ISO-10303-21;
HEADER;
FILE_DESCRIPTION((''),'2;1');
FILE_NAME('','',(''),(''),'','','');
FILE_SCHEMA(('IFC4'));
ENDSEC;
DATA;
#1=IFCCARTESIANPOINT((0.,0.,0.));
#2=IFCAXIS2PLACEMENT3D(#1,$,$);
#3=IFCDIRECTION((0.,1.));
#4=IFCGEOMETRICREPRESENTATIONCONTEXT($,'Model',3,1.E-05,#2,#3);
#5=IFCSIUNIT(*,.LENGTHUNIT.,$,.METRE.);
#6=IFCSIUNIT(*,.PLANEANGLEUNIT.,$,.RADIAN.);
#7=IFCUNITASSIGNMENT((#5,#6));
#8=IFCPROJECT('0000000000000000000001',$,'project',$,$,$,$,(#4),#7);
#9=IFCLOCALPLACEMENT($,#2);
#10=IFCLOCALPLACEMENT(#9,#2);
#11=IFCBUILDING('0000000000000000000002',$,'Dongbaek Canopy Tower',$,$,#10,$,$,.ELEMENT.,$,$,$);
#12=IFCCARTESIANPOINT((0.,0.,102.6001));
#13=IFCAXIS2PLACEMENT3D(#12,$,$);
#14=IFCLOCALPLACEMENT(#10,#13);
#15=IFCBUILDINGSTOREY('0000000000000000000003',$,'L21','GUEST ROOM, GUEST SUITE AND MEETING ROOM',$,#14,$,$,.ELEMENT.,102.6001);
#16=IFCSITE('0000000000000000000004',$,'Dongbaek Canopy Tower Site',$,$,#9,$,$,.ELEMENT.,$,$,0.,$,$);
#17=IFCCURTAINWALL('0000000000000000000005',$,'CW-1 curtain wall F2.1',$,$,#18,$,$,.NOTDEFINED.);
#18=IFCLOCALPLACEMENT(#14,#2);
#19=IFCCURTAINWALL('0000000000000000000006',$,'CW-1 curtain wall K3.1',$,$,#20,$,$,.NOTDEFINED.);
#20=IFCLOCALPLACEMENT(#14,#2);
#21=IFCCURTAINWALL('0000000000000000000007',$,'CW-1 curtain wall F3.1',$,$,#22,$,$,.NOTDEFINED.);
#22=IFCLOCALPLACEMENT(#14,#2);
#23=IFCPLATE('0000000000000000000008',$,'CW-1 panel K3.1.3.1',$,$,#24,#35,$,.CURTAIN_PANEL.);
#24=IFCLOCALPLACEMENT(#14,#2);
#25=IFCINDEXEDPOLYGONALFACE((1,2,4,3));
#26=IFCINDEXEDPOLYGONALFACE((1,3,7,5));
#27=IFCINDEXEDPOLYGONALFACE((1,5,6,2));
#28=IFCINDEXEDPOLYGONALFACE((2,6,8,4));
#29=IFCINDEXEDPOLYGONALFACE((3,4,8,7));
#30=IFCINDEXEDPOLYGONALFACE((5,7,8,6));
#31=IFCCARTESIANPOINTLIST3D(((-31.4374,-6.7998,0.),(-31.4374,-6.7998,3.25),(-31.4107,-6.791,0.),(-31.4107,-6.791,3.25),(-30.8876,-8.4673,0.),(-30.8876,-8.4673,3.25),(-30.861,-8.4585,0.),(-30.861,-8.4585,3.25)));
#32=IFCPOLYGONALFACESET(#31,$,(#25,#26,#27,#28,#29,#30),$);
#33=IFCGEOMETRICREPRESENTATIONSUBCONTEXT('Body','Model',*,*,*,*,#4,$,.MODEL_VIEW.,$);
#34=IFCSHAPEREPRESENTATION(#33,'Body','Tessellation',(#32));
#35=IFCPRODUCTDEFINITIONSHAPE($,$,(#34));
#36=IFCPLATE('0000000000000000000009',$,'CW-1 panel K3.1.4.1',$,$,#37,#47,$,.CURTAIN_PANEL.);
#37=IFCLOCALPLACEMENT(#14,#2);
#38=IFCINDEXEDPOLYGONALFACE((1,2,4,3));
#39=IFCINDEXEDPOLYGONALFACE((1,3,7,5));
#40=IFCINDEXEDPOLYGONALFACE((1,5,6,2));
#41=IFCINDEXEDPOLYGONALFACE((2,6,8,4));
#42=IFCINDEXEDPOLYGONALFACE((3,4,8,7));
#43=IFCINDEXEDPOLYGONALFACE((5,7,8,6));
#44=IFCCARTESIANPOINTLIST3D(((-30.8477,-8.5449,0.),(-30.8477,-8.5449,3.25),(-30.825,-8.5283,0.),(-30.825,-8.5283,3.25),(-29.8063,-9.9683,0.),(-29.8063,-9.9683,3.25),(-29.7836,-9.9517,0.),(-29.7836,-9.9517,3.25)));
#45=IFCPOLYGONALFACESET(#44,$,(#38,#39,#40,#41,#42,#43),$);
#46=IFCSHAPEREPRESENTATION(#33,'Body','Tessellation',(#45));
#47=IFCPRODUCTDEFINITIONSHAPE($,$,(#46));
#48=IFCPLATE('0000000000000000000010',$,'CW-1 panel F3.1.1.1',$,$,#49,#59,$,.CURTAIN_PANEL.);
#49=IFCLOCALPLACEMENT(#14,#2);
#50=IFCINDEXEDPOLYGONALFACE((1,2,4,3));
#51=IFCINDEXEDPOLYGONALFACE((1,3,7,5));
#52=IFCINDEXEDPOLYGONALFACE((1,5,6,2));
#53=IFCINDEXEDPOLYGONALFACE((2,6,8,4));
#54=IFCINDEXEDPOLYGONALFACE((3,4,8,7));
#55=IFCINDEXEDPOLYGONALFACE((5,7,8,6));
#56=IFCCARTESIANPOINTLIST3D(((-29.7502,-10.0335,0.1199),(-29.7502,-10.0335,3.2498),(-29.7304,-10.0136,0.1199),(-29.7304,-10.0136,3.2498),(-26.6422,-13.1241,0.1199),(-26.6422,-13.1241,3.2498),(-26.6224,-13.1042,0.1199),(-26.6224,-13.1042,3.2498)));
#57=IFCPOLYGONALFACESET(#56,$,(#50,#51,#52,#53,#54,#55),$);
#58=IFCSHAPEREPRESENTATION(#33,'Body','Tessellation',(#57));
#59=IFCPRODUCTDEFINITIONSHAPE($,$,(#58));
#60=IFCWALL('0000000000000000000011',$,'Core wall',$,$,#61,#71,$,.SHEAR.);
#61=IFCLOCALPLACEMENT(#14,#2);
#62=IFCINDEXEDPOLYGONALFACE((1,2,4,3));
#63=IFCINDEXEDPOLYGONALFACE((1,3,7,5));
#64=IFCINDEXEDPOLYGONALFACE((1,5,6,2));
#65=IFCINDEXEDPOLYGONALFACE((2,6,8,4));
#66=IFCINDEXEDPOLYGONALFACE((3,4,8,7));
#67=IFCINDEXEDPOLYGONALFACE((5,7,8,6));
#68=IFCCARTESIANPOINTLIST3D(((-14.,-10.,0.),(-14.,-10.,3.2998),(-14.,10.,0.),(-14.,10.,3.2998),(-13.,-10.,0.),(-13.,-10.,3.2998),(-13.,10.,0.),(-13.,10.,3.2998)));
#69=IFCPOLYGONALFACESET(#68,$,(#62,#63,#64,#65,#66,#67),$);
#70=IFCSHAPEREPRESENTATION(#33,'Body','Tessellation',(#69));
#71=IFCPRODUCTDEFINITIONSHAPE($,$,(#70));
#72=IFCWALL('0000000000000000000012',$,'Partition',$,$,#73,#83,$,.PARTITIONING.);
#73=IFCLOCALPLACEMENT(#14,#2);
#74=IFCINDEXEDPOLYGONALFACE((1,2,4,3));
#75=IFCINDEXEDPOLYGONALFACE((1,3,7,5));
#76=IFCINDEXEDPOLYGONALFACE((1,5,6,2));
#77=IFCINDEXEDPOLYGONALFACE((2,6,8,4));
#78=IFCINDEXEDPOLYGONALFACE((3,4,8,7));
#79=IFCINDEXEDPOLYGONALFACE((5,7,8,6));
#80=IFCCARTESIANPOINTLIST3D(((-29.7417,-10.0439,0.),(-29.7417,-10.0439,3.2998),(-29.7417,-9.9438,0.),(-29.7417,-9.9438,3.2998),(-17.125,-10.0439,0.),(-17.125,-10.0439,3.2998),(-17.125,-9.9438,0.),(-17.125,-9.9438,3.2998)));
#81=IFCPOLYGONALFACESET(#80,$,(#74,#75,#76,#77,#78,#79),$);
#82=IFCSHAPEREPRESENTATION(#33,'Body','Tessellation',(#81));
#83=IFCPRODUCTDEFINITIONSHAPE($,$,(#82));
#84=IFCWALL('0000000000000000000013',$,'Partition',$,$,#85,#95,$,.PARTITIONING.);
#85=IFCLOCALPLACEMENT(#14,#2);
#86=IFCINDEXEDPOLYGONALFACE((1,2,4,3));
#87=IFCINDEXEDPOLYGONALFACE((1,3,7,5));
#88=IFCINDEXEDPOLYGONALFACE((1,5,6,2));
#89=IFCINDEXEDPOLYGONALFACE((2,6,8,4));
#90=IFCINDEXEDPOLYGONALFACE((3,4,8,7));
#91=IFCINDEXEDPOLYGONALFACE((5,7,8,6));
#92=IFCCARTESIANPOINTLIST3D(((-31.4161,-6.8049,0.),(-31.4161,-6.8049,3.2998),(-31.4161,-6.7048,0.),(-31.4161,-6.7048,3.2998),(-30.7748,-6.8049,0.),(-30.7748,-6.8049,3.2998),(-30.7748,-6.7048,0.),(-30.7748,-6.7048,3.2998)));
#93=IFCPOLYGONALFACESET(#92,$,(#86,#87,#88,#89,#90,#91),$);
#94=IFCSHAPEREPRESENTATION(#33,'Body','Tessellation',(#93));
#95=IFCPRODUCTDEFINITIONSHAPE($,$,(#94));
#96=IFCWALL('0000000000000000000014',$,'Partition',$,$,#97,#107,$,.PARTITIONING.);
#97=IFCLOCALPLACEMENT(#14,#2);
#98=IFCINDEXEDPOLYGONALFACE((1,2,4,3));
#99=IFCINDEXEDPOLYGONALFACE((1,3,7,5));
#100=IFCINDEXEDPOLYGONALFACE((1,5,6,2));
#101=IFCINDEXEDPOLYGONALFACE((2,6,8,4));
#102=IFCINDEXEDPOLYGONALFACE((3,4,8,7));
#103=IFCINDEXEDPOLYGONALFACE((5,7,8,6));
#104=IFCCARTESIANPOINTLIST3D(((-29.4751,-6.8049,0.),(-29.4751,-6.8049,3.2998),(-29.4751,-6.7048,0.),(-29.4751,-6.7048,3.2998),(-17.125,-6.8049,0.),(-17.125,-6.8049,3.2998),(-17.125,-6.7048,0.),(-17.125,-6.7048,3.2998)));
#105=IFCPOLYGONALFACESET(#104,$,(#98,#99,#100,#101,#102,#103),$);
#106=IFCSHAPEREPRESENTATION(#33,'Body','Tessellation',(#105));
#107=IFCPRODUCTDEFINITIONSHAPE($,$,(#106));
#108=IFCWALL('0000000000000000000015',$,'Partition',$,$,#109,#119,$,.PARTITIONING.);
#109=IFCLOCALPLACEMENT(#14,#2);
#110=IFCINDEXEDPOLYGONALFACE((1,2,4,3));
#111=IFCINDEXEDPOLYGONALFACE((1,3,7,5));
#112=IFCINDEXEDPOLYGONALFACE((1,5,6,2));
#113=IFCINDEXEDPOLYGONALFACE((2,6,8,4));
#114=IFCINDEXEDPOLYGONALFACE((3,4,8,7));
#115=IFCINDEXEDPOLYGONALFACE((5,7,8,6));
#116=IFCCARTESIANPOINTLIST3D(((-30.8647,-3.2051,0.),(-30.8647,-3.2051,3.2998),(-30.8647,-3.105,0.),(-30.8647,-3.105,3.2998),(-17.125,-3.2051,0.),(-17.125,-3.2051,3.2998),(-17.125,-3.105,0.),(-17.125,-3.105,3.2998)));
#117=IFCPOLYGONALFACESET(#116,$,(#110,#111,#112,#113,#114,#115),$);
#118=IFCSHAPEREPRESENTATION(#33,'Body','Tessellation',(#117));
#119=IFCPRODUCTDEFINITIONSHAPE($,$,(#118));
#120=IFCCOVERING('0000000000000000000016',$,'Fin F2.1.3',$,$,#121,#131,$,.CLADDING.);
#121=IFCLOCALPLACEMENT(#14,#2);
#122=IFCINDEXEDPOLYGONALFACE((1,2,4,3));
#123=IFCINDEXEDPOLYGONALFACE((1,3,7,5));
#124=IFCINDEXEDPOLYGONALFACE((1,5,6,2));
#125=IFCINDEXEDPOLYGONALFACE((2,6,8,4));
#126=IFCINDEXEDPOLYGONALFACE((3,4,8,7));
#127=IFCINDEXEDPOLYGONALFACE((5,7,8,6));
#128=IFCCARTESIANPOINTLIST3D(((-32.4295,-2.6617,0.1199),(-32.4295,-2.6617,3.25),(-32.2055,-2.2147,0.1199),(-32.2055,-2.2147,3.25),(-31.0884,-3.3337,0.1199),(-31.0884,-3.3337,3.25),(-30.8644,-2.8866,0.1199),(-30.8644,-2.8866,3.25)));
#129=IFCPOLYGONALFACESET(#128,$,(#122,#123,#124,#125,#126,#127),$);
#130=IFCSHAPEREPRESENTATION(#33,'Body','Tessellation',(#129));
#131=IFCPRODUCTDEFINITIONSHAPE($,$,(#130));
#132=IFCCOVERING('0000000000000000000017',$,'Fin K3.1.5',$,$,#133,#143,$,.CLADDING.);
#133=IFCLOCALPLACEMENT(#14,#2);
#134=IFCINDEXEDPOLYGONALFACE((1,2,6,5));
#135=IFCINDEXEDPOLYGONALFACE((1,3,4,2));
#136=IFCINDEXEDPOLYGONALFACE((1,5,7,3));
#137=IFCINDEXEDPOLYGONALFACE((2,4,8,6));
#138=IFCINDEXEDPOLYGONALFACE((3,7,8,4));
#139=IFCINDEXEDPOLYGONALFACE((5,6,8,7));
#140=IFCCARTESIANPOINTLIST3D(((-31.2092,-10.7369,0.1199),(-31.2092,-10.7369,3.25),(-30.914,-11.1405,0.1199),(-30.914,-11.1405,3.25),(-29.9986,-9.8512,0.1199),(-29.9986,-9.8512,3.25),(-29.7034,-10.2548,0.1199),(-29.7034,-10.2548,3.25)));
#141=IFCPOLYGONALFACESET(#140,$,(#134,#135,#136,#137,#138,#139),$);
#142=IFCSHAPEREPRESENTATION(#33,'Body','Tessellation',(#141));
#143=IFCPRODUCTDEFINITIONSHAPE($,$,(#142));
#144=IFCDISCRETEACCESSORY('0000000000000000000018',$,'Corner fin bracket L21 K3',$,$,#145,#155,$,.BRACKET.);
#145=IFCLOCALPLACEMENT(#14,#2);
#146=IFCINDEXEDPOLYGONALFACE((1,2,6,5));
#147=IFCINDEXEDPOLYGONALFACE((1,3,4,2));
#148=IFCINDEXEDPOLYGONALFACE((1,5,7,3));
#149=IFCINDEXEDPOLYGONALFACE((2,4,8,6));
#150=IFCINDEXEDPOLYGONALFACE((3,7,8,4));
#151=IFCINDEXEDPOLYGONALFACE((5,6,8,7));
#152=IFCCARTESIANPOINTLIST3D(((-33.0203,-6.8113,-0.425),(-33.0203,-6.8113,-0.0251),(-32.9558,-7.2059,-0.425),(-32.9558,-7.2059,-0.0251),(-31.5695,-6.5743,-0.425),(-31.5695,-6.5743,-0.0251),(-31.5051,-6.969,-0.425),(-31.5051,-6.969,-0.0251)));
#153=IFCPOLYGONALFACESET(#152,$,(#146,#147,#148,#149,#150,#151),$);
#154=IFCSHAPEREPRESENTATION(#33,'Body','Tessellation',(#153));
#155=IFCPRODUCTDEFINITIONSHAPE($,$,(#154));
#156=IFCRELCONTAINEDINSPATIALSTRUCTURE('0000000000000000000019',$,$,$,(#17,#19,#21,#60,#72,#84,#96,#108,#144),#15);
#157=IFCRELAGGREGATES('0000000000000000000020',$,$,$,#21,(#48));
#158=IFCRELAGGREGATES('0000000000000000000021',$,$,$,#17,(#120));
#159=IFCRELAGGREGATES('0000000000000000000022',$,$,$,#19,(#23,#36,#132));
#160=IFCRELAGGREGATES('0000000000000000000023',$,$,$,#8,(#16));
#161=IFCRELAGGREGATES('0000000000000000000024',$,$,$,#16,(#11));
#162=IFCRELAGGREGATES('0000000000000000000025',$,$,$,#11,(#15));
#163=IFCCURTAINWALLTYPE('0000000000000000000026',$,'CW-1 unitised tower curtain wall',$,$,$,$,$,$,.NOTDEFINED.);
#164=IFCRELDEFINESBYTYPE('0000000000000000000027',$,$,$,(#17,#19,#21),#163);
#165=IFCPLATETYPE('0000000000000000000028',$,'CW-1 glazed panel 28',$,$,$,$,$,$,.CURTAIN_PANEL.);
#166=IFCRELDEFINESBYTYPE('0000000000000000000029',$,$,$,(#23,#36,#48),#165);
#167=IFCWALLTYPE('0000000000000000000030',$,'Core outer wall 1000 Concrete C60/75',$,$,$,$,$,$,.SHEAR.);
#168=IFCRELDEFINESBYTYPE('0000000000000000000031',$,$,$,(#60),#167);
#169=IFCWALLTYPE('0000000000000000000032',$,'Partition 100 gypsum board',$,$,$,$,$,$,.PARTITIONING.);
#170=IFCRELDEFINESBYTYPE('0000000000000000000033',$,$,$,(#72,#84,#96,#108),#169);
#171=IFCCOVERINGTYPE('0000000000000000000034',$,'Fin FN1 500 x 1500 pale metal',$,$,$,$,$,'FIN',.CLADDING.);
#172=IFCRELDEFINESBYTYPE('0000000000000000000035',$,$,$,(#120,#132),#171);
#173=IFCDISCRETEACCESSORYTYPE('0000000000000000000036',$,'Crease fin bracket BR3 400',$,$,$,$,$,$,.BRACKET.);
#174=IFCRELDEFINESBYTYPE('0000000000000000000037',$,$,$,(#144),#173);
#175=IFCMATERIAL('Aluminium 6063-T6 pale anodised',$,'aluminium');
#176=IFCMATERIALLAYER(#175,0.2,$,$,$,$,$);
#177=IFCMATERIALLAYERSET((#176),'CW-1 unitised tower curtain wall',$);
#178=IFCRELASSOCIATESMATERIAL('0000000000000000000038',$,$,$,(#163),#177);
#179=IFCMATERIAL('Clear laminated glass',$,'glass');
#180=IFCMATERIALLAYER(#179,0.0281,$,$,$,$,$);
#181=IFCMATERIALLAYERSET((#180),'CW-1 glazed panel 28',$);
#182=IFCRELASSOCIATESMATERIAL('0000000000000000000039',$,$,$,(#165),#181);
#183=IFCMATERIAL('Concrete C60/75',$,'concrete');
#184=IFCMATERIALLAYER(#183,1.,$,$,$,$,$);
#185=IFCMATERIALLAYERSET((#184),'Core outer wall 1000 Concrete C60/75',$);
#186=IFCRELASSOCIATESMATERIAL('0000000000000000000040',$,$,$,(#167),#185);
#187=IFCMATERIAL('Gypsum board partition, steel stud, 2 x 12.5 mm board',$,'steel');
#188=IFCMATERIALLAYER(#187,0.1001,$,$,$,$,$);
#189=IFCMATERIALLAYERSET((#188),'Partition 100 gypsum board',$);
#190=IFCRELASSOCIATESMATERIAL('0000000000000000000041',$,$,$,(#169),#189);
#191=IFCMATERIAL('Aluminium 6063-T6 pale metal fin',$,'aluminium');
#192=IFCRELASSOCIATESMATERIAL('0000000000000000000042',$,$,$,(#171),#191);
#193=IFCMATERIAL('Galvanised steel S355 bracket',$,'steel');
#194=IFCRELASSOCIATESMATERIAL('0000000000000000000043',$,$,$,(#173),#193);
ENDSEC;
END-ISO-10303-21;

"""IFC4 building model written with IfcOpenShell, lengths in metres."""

from ifc_helpers import new_model, si_unit, direction, frame, frame_2d, origin, origin_2d, place, context, subcontext, project, spatial, rectangle, extrude, material, layer, layer_set, material_profile, profile_set, type_object, element, aggregate, save


model = new_model("IFC4")

# Units and contexts
model_context = context("Model", 3, precision=1e-05, world=origin(), true_north=direction((0.0, 1.0)))
body_context = subcontext(model_context, "Body", "Model", "MODEL_VIEW")
ifc_project = project(units=[si_unit("LENGTHUNIT", "METRE"), si_unit("PLANEANGLEUNIT", "RADIAN")], contexts=[model_context])

# Site, building, storey
site_placement = place(None, origin())
site = spatial("IfcSite", under=ifc_project, at=site_placement, Name="Dongbaek Canopy Tower Site", CompositionType="ELEMENT", RefElevation=0.0)
building_placement = place(site_placement, origin())
building = spatial("IfcBuilding", under=site, at=building_placement, Name="Dongbaek Canopy Tower", CompositionType="ELEMENT")
storey_placement = place(building_placement, frame((0.0, 0.0, 102.6001)))
storey = spatial("IfcBuildingStorey", under=building, at=storey_placement, Name="L21", Description="GUEST ROOM, GUEST SUITE AND MEETING ROOM", CompositionType="ELEMENT", Elevation=102.6001)

# Curtain wall
ifc_material_1 = material(Name="Aluminium 6063-T6 pale anodised", Category="aluminium")
ifc_layer_1 = layer(ifc_material_1, 0.2)
ifc_layer_set_1 = layer_set([ifc_layer_1], Name="CW-1 unitised tower curtain wall")
curtain_wall_type = type_object("IfcCurtainWallType", Name="CW-1 unitised tower curtain wall", PredefinedType="NOTDEFINED", material=ifc_layer_set_1)
curtain_wall_1_placement = place(storey_placement, origin())
curtain_wall_1 = element("IfcCurtainWall", 1, at=curtain_wall_1_placement, inside=storey, type_object=curtain_wall_type, Name="CW-1 curtain wall F2.1", PredefinedType="NOTDEFINED")

# Curtain wall
curtain_wall_2_placement = place(storey_placement, origin())
curtain_wall_2 = element("IfcCurtainWall", 2, at=curtain_wall_2_placement, inside=storey, type_object=curtain_wall_type, Name="CW-1 curtain wall K3.1", PredefinedType="NOTDEFINED")

# Curtain wall
curtain_wall_3_placement = place(storey_placement, origin())
curtain_wall_3 = element("IfcCurtainWall", 3, at=curtain_wall_3_placement, inside=storey, type_object=curtain_wall_type, Name="CW-1 curtain wall F3.1", PredefinedType="NOTDEFINED")

# Plates
ifc_material_2 = material(Name="Clear laminated glass", Category="glass")
ifc_layer_2 = layer(ifc_material_2, 0.0281)
ifc_layer_set_2 = layer_set([ifc_layer_2], Name="CW-1 glazed panel 28")
plate_type = type_object("IfcPlateType", Name="CW-1 glazed panel 28", PredefinedType="CURTAIN_PANEL", material=ifc_layer_set_2)
plate_1_placement = place(storey_placement, frame((-31.1492, -7.6292, 0.0), z_axis=(0.0, 0.0, 1.0), x_axis=(0.313106, -0.949718, 0.0)))
plate_1 = element("IfcPlate", 4, at=plate_1_placement, type_object=plate_type, Name="CW-1 panel K3.1.3.1", PredefinedType="CURTAIN_PANEL", context=body_context, shape_type="SweptSolid", body=[
    extrude(rectangle(XDim=1.7559, YDim=0.0281, at=origin_2d()), origin(), (0.0, 0.0, 1.0), 3.25),
])
plate_2_placement = place(storey_placement, frame((-30.3157, -9.2483, 0.0), z_axis=(0.0, 0.0, 1.0), x_axis=(0.590467, -0.807062, 0.0)))
plate_2 = element("IfcPlate", 5, at=plate_2_placement, type_object=plate_type, Name="CW-1 panel K3.1.4.1", PredefinedType="CURTAIN_PANEL", context=body_context, shape_type="SweptSolid", body=[
    extrude(rectangle(XDim=1.7637, YDim=0.0281, at=origin_2d()), origin(), (0.0, 0.0, 1.0), 3.25),
])
plate_3_placement = place(storey_placement, frame((-28.1863, -11.5688, 0.1199), z_axis=(0.0, 0.0, 1.0), x_axis=(0.709103, -0.705105, 0.0)))
plate_3 = element("IfcPlate", 6, at=plate_3_placement, type_object=plate_type, Name="CW-1 panel F3.1.1.1", PredefinedType="CURTAIN_PANEL", context=body_context, shape_type="SweptSolid", body=[
    extrude(rectangle(XDim=4.3831, YDim=0.0281, at=origin_2d()), origin(), (0.0, 0.0, 1.0), 3.1299),
])
aggregate(curtain_wall_3, [plate_3])

# Walls
ifc_material_3 = material(Name="Concrete C60/75", Category="concrete")
ifc_layer_3 = layer(ifc_material_3, 1.0)
ifc_layer_set_3 = layer_set([ifc_layer_3], Name="Core outer wall 1000 Concrete C60/75")
wall_type_1 = type_object("IfcWallType", Name="Core outer wall 1000 Concrete C60/75", PredefinedType="SHEAR", material=ifc_layer_set_3)
wall_1_placement = place(storey_placement, frame((-13.5, -10.0, 0.0), z_axis=(0.0, 0.0, 1.0), x_axis=(0.0, 1.0, 0.0)))
element("IfcWall", 7, at=wall_1_placement, inside=storey, type_object=wall_type_1, Name="Core wall", PredefinedType="SHEAR", context=body_context, shape_type="SweptSolid", body=[
    extrude(rectangle(XDim=20.0, YDim=1.0, at=frame_2d((10.0, 0.0))), origin(), (0.0, 0.0, 1.0), 3.2998),
])
ifc_material_4 = material(Name="Gypsum board partition, steel stud, 2 x 12.5 mm board", Category="steel")
ifc_layer_4 = layer(ifc_material_4, 0.1001)
ifc_layer_set_4 = layer_set([ifc_layer_4], Name="Partition 100 gypsum board")
wall_type_2 = type_object("IfcWallType", Name="Partition 100 gypsum board", PredefinedType="PARTITIONING", material=ifc_layer_set_4)
wall_2_placement = place(storey_placement, frame((-29.7417, -9.9939, 0.0), z_axis=(0.0, 0.0, 1.0), x_axis=(1.0, 0.0, 0.0)))
element("IfcWall", 8, at=wall_2_placement, inside=storey, type_object=wall_type_2, Name="Partition", PredefinedType="PARTITIONING", context=body_context, shape_type="SweptSolid", body=[
    extrude(rectangle(XDim=12.6167, YDim=0.1001, at=frame_2d((6.3083, 0.0))), origin(), (0.0, 0.0, 1.0), 3.2998),
])
wall_3_placement = place(storey_placement, frame((-31.4163, -6.7549, 0.0), z_axis=(0.0, 0.0, 1.0), x_axis=(1.0, 0.0, 0.0)))
element("IfcWall", 9, at=wall_3_placement, inside=storey, type_object=wall_type_2, Name="Partition", PredefinedType="PARTITIONING", context=body_context, shape_type="SweptSolid", body=[
    extrude(rectangle(XDim=0.6414, YDim=0.1001, at=frame_2d((0.3208, 0.0))), origin(), (0.0, 0.0, 1.0), 3.2998),
])
wall_4_placement = place(storey_placement, frame((-29.4751, -6.7549, 0.0), z_axis=(0.0, 0.0, 1.0), x_axis=(1.0, 0.0, 0.0)))
element("IfcWall", 10, at=wall_4_placement, inside=storey, type_object=wall_type_2, Name="Partition", PredefinedType="PARTITIONING", context=body_context, shape_type="SweptSolid", body=[
    extrude(rectangle(XDim=12.3501, YDim=0.1001, at=frame_2d((6.175, 0.0))), origin(), (0.0, 0.0, 1.0), 3.2998),
])
wall_5_placement = place(storey_placement, frame((-30.8647, -3.155, 0.0), z_axis=(0.0, 0.0, 1.0), x_axis=(1.0, 0.0, 0.0)))
element("IfcWall", 11, at=wall_5_placement, inside=storey, type_object=wall_type_2, Name="Partition", PredefinedType="PARTITIONING", context=body_context, shape_type="SweptSolid", body=[
    extrude(rectangle(XDim=13.7397, YDim=0.1001, at=frame_2d((6.8699, 0.0))), origin(), (0.0, 0.0, 1.0), 3.2998),
])

# Coverings
ifc_material_5 = material(Name="Aluminium 6063-T6 pale metal fin", Category="aluminium")
ifc_material_profile_1 = material_profile(ifc_material_5, rectangle(XDim=1.5, YDim=0.5, at=origin_2d()), Name="Fin FN1 500 x 1500 pale metal")
ifc_profile_set_1 = profile_set([ifc_material_profile_1], Name="Aluminium 6063-T6 pale metal fin")
covering_type = type_object("IfcCoveringType", Name="Fin FN1 500 x 1500 pale metal", ElementType="FIN", PredefinedType="CLADDING", material=ifc_profile_set_1)
covering_1_placement = place(storey_placement, frame((-31.647, -2.7742, 0.1199), z_axis=(0.0, 0.0, 1.0), x_axis=(-0.894056, 0.447956, 0.0)))
covering_1 = element("IfcCovering", 12, at=covering_1_placement, type_object=covering_type, Name="Fin F2.1.3", PredefinedType="CLADDING", context=body_context, shape_type="SweptSolid", body=[
    extrude(rectangle(XDim=1.5, YDim=0.5, at=origin_2d()), origin(), (0.0, 0.0, 1.0), 3.1301),
])
aggregate(curtain_wall_1, [covering_1])
covering_2_placement = place(storey_placement, frame((-30.4563, -10.4958, 0.1199), z_axis=(0.0, 0.0, 1.0), x_axis=(-0.807062, -0.590467, 0.0)))
covering_2 = element("IfcCovering", 13, at=covering_2_placement, type_object=covering_type, Name="Fin K3.1.5", PredefinedType="CLADDING", context=body_context, shape_type="SweptSolid", body=[
    extrude(rectangle(XDim=1.5, YDim=0.5, at=origin_2d()), origin(), (0.0, 0.0, 1.0), 3.1301),
])
aggregate(curtain_wall_2, [plate_1, plate_2, covering_2])

# Discrete accessory
ifc_material_6 = material(Name="Galvanised steel S355 bracket", Category="steel")
discrete_accessory_type = type_object("IfcDiscreteAccessoryType", Name="Crease fin bracket BR3 400", PredefinedType="BRACKET", material=ifc_material_6)
discrete_accessory_placement = place(storey_placement, frame((-32.2627, -6.8901, -0.425), z_axis=(0.0, 0.0, 1.0), x_axis=(-0.986927, -0.161168, 0.0)))
element("IfcDiscreteAccessory", 14, at=discrete_accessory_placement, inside=storey, type_object=discrete_accessory_type, Name="Corner fin bracket L21 K3", PredefinedType="BRACKET", context=body_context, shape_type="SweptSolid", body=[
    extrude(rectangle(XDim=1.47, YDim=0.3999, at=origin_2d()), origin(), (0.0, 0.0, 1.0), 0.3999),
])

save(model, "model.ifc")
